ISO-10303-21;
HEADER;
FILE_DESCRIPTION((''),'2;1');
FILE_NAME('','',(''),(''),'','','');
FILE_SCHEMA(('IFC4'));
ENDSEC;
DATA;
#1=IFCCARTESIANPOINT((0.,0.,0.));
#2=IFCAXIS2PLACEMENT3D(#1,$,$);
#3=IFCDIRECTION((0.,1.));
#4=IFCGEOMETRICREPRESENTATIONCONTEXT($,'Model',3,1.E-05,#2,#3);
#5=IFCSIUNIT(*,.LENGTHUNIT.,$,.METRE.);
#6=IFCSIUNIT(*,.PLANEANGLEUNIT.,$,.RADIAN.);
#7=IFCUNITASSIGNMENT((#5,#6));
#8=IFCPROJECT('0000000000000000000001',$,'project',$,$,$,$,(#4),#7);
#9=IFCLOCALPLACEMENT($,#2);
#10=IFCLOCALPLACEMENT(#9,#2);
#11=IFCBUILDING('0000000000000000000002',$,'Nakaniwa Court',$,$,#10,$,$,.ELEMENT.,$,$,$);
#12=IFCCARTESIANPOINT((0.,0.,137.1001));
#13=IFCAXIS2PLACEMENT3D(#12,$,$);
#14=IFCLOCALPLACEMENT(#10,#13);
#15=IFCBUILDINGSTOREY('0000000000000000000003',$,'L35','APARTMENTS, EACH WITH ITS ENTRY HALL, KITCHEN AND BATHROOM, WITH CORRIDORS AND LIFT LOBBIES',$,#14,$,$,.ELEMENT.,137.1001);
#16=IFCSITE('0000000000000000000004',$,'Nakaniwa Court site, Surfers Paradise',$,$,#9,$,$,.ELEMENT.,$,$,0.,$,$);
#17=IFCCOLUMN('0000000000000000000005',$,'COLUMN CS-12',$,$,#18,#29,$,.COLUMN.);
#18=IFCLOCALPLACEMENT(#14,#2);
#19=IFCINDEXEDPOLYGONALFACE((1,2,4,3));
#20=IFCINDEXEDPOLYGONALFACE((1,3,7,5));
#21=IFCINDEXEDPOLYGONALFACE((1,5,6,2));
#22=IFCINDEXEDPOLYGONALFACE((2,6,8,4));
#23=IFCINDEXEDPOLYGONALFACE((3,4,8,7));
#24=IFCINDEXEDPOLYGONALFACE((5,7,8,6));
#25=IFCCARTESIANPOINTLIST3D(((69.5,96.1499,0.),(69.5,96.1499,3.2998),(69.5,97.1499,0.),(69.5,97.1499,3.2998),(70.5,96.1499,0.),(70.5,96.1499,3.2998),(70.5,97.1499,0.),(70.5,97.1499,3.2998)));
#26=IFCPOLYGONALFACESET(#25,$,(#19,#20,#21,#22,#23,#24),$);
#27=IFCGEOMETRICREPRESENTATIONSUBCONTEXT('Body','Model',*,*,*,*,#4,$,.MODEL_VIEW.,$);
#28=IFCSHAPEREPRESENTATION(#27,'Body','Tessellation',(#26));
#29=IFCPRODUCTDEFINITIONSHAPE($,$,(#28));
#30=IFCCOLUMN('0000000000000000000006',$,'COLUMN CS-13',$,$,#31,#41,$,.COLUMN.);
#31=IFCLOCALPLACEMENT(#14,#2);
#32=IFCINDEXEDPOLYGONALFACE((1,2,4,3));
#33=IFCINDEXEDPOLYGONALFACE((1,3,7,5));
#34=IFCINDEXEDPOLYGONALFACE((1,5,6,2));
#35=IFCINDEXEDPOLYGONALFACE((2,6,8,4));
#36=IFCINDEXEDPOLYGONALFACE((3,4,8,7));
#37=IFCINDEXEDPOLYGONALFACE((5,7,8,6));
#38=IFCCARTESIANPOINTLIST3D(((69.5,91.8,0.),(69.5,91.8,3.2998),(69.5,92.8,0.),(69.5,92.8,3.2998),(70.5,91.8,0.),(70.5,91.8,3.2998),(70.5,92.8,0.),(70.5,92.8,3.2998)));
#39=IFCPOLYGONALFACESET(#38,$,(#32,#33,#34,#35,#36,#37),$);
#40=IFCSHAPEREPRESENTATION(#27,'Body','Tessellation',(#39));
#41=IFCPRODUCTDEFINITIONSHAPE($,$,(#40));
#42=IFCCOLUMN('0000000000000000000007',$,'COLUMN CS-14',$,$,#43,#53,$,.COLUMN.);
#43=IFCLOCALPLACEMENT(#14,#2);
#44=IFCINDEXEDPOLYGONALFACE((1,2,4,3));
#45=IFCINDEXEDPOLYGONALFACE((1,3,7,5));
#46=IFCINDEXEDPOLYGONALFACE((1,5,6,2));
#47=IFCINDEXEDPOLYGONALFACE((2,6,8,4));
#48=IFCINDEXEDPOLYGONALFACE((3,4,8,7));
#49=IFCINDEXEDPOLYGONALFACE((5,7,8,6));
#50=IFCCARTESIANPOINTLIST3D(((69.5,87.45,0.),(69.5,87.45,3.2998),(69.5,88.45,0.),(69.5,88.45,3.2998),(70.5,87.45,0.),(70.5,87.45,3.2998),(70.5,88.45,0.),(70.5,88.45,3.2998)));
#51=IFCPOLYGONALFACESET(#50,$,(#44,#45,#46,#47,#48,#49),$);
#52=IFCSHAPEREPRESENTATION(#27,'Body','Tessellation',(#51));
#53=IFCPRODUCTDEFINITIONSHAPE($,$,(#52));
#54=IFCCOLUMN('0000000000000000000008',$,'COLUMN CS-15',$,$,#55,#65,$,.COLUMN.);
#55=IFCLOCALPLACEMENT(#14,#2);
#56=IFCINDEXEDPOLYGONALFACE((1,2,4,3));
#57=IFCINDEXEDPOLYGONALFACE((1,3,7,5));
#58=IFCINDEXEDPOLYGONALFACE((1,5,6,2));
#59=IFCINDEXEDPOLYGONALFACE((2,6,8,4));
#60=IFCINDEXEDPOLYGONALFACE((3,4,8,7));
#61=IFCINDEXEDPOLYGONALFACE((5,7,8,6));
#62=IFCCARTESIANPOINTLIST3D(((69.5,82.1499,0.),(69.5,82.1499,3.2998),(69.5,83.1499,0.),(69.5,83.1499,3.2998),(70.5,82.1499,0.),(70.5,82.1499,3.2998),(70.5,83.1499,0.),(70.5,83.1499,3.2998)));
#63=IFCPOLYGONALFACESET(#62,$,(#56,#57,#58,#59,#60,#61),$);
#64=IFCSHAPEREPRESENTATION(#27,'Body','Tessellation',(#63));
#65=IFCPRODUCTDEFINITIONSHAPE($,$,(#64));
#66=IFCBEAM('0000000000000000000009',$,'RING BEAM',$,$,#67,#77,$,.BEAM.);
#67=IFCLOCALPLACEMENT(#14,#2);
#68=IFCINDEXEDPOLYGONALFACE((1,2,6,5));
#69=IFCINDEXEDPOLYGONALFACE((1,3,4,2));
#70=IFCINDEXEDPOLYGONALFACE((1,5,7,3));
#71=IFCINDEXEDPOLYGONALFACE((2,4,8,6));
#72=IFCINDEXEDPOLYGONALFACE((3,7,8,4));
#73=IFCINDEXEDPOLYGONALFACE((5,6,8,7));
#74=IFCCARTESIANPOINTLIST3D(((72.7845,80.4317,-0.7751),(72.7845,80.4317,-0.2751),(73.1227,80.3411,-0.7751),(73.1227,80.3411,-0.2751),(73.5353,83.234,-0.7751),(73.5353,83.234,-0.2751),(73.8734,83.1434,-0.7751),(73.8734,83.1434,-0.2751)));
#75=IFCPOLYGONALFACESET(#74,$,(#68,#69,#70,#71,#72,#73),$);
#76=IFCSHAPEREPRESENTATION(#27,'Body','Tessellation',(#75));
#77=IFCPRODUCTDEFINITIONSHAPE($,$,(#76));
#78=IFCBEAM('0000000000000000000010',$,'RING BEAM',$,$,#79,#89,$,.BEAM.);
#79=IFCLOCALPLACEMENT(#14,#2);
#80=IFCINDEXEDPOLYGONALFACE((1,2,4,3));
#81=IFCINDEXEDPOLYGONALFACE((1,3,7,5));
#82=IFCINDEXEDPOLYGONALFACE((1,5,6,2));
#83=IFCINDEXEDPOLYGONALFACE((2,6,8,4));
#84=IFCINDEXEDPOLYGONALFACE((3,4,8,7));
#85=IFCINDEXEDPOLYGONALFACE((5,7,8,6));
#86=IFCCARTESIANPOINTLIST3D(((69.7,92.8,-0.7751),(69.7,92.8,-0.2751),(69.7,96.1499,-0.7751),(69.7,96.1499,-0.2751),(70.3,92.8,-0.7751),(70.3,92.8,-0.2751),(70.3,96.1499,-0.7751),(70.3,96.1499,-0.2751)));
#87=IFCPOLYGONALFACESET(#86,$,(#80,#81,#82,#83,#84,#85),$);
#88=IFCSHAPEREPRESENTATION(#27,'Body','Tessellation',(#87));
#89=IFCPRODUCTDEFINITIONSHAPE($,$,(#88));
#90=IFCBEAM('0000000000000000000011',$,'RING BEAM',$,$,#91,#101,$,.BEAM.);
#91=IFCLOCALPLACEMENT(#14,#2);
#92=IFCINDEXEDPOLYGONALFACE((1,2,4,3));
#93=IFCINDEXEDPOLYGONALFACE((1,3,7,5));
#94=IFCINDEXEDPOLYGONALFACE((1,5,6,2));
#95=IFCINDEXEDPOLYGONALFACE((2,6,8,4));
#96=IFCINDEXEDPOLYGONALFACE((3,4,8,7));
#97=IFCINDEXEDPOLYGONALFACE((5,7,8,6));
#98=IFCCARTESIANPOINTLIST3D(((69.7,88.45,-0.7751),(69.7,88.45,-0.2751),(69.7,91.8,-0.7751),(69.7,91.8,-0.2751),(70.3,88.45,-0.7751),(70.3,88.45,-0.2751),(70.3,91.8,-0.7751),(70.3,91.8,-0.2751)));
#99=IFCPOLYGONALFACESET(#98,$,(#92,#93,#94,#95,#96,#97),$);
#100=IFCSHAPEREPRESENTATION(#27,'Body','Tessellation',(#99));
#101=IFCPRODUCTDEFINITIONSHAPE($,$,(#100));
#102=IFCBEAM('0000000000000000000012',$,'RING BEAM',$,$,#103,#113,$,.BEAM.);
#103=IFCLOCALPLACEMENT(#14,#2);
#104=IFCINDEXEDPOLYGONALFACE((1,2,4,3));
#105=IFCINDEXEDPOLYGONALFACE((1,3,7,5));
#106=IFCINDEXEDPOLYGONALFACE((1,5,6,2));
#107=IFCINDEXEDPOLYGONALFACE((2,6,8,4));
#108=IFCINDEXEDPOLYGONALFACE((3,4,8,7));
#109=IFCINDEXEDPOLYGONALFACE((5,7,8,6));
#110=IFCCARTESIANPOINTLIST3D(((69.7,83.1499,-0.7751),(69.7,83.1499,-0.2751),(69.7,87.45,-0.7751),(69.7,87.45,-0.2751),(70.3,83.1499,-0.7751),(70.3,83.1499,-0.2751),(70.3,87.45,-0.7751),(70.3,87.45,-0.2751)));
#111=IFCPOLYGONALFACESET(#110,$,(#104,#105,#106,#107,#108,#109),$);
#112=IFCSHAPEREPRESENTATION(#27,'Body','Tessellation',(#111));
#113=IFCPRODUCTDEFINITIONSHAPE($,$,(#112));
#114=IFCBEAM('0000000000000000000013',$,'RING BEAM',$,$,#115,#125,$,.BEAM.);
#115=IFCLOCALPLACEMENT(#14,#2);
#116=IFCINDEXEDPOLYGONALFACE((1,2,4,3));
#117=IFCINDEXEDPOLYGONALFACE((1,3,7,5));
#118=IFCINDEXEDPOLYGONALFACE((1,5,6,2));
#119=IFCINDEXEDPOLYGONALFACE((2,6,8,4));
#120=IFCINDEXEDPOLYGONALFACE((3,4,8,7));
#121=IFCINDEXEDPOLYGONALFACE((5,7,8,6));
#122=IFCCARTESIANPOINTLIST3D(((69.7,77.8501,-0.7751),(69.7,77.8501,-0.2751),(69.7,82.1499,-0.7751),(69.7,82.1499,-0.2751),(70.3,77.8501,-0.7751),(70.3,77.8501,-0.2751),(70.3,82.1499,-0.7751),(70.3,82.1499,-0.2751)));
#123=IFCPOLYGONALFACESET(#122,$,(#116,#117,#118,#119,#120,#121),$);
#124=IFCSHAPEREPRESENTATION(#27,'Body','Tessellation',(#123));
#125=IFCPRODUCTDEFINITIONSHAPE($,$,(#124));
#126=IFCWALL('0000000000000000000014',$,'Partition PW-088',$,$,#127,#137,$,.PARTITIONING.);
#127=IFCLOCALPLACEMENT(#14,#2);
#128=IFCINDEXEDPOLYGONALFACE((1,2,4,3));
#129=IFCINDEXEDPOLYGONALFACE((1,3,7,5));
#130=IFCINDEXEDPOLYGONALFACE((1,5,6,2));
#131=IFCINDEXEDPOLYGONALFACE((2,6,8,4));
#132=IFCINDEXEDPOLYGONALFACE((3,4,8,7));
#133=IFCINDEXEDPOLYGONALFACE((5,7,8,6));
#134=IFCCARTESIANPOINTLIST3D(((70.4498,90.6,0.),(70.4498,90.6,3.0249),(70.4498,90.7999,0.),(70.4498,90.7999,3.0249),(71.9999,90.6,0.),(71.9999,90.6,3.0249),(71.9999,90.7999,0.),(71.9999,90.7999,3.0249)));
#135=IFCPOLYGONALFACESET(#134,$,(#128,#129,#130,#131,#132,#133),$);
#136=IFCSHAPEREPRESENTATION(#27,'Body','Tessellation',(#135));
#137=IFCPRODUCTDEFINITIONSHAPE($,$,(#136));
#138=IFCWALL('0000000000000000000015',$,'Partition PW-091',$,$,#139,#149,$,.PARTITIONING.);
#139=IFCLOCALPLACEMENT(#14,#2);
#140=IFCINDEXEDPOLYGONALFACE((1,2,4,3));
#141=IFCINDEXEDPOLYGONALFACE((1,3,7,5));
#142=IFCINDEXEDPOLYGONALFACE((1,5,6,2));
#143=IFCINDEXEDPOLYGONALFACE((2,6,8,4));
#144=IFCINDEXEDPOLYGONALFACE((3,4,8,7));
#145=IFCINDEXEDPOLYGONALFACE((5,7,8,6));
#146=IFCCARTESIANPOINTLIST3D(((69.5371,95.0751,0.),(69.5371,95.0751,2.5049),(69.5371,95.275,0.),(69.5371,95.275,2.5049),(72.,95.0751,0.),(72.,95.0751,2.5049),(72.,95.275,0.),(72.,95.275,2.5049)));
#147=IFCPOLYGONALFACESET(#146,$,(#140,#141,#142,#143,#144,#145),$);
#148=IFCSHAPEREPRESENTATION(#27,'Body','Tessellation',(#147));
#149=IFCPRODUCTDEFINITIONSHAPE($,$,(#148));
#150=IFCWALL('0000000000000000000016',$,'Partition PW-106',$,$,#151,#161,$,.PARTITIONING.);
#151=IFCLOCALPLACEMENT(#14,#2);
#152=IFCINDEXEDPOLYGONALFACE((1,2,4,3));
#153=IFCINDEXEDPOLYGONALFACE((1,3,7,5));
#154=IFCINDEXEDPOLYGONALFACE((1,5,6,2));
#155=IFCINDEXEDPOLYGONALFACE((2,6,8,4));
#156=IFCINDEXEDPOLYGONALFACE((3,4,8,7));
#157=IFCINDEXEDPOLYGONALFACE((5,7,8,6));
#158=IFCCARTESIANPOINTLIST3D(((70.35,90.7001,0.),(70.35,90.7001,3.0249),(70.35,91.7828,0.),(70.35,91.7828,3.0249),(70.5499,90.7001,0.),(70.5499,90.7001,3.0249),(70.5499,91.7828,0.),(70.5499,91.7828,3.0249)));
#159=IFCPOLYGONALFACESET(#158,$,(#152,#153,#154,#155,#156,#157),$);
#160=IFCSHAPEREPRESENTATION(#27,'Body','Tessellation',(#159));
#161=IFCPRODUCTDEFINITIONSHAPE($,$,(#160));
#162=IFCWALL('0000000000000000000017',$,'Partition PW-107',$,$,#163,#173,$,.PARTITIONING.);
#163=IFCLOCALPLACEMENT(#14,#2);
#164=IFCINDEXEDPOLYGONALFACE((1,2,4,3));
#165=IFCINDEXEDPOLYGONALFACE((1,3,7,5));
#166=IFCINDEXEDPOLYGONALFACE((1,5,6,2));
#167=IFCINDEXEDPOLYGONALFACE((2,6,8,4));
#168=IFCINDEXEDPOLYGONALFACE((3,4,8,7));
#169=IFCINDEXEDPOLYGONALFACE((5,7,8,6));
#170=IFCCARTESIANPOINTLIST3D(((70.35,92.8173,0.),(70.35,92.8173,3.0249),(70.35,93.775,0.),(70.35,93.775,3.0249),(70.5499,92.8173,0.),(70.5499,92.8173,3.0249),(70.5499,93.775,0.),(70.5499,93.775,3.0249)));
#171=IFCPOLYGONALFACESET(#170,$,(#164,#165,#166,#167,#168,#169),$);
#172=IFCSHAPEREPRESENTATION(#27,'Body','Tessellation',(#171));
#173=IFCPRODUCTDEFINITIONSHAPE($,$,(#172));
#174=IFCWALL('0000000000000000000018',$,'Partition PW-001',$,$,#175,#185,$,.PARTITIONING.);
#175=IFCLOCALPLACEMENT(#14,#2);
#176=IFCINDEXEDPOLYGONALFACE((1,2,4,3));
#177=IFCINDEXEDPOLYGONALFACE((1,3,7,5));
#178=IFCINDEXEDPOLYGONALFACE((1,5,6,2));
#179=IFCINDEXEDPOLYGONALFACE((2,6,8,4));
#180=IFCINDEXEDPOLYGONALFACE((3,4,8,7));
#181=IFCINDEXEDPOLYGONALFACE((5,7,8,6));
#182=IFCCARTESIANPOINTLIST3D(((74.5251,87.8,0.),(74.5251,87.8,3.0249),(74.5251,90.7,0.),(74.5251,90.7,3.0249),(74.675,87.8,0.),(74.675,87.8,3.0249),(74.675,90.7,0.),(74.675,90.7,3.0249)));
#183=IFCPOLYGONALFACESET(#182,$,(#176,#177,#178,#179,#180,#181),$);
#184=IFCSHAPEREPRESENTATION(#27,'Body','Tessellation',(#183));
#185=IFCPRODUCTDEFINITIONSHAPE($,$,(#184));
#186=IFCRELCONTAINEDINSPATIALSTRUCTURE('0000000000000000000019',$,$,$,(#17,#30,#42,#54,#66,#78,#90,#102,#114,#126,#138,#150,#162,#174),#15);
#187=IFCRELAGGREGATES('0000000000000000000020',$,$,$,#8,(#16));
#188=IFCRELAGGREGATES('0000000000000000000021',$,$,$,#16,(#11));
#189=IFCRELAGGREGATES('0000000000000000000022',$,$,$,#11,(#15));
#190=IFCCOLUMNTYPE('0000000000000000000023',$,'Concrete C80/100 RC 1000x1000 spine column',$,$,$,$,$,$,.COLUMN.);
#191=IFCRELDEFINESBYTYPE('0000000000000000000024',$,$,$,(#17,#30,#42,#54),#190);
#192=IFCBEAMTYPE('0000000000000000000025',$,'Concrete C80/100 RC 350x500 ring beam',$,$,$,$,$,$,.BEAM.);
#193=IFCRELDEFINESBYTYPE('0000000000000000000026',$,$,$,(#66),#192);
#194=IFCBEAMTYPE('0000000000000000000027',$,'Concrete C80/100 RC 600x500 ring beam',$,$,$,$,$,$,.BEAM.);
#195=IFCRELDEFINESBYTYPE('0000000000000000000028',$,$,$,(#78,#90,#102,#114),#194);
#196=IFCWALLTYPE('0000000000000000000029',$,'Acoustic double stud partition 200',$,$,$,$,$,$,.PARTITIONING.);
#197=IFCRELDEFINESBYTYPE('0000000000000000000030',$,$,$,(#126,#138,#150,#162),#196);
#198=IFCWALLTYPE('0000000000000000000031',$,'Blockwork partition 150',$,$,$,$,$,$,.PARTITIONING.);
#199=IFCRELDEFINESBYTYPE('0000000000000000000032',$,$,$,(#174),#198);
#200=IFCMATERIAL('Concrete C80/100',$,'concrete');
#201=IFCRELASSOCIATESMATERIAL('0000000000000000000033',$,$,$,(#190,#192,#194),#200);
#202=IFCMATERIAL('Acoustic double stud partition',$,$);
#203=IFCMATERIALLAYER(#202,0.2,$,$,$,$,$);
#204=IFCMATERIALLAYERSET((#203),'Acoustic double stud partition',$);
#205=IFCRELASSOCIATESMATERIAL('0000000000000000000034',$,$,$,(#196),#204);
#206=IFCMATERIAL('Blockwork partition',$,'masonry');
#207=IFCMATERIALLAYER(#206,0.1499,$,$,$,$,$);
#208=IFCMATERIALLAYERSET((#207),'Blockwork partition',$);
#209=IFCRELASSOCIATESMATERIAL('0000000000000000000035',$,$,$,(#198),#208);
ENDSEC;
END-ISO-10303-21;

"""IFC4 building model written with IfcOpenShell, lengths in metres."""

from ifc_helpers import new_model, si_unit, direction, frame, frame_2d, origin, origin_2d, place, context, subcontext, project, spatial, rectangle, extrude, material, layer, layer_set, material_profile, profile_set, type_object, element, save


model = new_model("IFC4")

# Units and contexts
model_context = context("Model", 3, precision=1e-05, world=origin(), true_north=direction((0.0, 1.0)))
body_context = subcontext(model_context, "Body", "Model", "MODEL_VIEW")
ifc_project = project(units=[si_unit("LENGTHUNIT", "METRE"), si_unit("PLANEANGLEUNIT", "RADIAN")], contexts=[model_context])

# Site, building, storey
site_placement = place(None, origin())
site = spatial("IfcSite", under=ifc_project, at=site_placement, Name="Nakaniwa Court site, Surfers Paradise", CompositionType="ELEMENT", RefElevation=0.0)
building_placement = place(site_placement, origin())
building = spatial("IfcBuilding", under=site, at=building_placement, Name="Nakaniwa Court", CompositionType="ELEMENT")
storey_placement = place(building_placement, frame((0.0, 0.0, 137.1001)))
storey = spatial("IfcBuildingStorey", under=building, at=storey_placement, Name="L35", Description="APARTMENTS, EACH WITH ITS ENTRY HALL, KITCHEN AND BATHROOM, WITH CORRIDORS AND LIFT LOBBIES", CompositionType="ELEMENT", Elevation=137.1001)

# Columns
ifc_material_1 = material(Name="Concrete C80/100", Category="concrete")
ifc_material_profile_1 = material_profile(ifc_material_1, rectangle(XDim=1.0, YDim=1.0, at=origin_2d()), Name="Concrete C80/100 RC 1000x1000 spine column")
ifc_profile_set_1 = profile_set([ifc_material_profile_1], Name="Concrete C80/100")
column_type_1 = type_object("IfcColumnType", Name="Concrete C80/100 RC 1000x1000 spine column", PredefinedType="COLUMN", material=ifc_profile_set_1)
for number, where, z_axis, x_axis, name in (
    (1, (70.0, 96.6499, 0.0), (0.0, 0.0, 1.0), (0.0, -1.0, 0.0), "COLUMN CS-12"),
    (2, (70.0, 92.3, 0.0), (0.0, 0.0, 1.0), (0.0, -1.0, 0.0), "COLUMN CS-13"),
    (3, (70.0, 87.95, 0.0), (0.0, 0.0, 1.0), (0.0, -1.0, 0.0), "COLUMN CS-14"),
    (4, (70.0, 82.6499, 0.0), (0.0, 0.0, 1.0), (0.0, -1.0, 0.0), "COLUMN CS-15"),
):
    element("IfcColumn", number, at=place(storey_placement, frame(where, z_axis=z_axis, x_axis=x_axis)), inside=storey, type_object=column_type_1, Name=name, PredefinedType="COLUMN", context=body_context, shape_type="SweptSolid", body=[
        extrude(rectangle(XDim=1.0, YDim=1.0, at=origin_2d()), origin(), (0.0, 0.0, 1.0), 3.2998),
    ])

# Beams
ifc_material_profile_2 = material_profile(ifc_material_1, rectangle(XDim=0.3501, YDim=0.5, at=origin_2d()), Name="Concrete C80/100 RC 350x500 ring beam")
ifc_profile_set_2 = profile_set([ifc_material_profile_2], Name="Concrete C80/100")
beam_type_1 = type_object("IfcBeamType", Name="Concrete C80/100 RC 350x500 ring beam", PredefinedType="BEAM", material=ifc_profile_set_2)
beam_1_placement = place(storey_placement, frame((73.7043, 83.1887, -0.5251), z_axis=(-0.258778, -0.965937, 0.0), x_axis=(0.965937, -0.258778, 0.0)))
element("IfcBeam", 5, at=beam_1_placement, inside=storey, type_object=beam_type_1, Name="RING BEAM", PredefinedType="BEAM", context=body_context, shape_type="SweptSolid", body=[
    extrude(rectangle(XDim=0.3501, YDim=0.5, at=origin_2d()), origin(), (0.0, 0.0, 1.0), 2.9011),
])
ifc_material_profile_3 = material_profile(ifc_material_1, rectangle(XDim=0.6001, YDim=0.5, at=origin_2d()), Name="Concrete C80/100 RC 600x500 ring beam")
ifc_profile_set_3 = profile_set([ifc_material_profile_3], Name="Concrete C80/100")
beam_type_2 = type_object("IfcBeamType", Name="Concrete C80/100 RC 600x500 ring beam", PredefinedType="BEAM", material=ifc_profile_set_3)
beam_2_placement = place(storey_placement, frame((70.0, 96.1499, -0.5251), z_axis=(0.0, -1.0, 0.0), x_axis=(1.0, 0.0, 0.0)))
element("IfcBeam", 6, at=beam_2_placement, inside=storey, type_object=beam_type_2, Name="RING BEAM", PredefinedType="BEAM", context=body_context, shape_type="SweptSolid", body=[
    extrude(rectangle(XDim=0.6001, YDim=0.5, at=origin_2d()), origin(), (0.0, 0.0, 1.0), 3.3499),
])
beam_3_placement = place(storey_placement, frame((70.0, 91.8, -0.5251), z_axis=(0.0, -1.0, 0.0), x_axis=(1.0, 0.0, 0.0)))
element("IfcBeam", 7, at=beam_3_placement, inside=storey, type_object=beam_type_2, Name="RING BEAM", PredefinedType="BEAM", context=body_context, shape_type="SweptSolid", body=[
    extrude(rectangle(XDim=0.6001, YDim=0.5, at=origin_2d()), origin(), (0.0, 0.0, 1.0), 3.3501),
])
beam_4_placement = place(storey_placement, frame((70.0, 87.45, -0.5251), z_axis=(0.0, -1.0, 0.0), x_axis=(1.0, 0.0, 0.0)))
element("IfcBeam", 8, at=beam_4_placement, inside=storey, type_object=beam_type_2, Name="RING BEAM", PredefinedType="BEAM", context=body_context, shape_type="SweptSolid", body=[
    extrude(rectangle(XDim=0.6001, YDim=0.5, at=origin_2d()), origin(), (0.0, 0.0, 1.0), 4.3),
])
beam_5_placement = place(storey_placement, frame((70.0, 82.1499, -0.5251), z_axis=(0.0, -1.0, 0.0), x_axis=(1.0, 0.0, 0.0)))
element("IfcBeam", 9, at=beam_5_placement, inside=storey, type_object=beam_type_2, Name="RING BEAM", PredefinedType="BEAM", context=body_context, shape_type="SweptSolid", body=[
    extrude(rectangle(XDim=0.6001, YDim=0.5, at=origin_2d()), origin(), (0.0, 0.0, 1.0), 4.2998),
])

# Walls
ifc_material_2 = material(Name="Acoustic double stud partition")
ifc_layer_1 = layer(ifc_material_2, 0.2)
ifc_layer_set_1 = layer_set([ifc_layer_1], Name="Acoustic double stud partition")
wall_type_1 = type_object("IfcWallType", Name="Acoustic double stud partition 200", PredefinedType="PARTITIONING", material=ifc_layer_set_1)
wall_1_placement = place(storey_placement, frame((70.45, 90.7, 0.0), z_axis=(0.0, 0.0, 1.0), x_axis=(1.0, 0.0, 0.0)))
element("IfcWall", 10, at=wall_1_placement, inside=storey, type_object=wall_type_1, Name="Partition PW-088", PredefinedType="PARTITIONING", context=body_context, shape_type="SweptSolid", body=[
    extrude(rectangle(XDim=1.55, YDim=0.2, at=frame_2d((0.7749, 0.0))), origin(), (0.0, 0.0, 1.0), 3.0249),
])
wall_2_placement = place(storey_placement, frame((69.5371, 95.175, 0.0), z_axis=(0.0, 0.0, 1.0), x_axis=(1.0, 0.0, 0.0)))
element("IfcWall", 11, at=wall_2_placement, inside=storey, type_object=wall_type_1, Name="Partition PW-091", PredefinedType="PARTITIONING", context=body_context, shape_type="SweptSolid", body=[
    extrude(rectangle(XDim=2.4629, YDim=0.2, at=frame_2d((1.2314, 0.0))), origin(), (0.0, 0.0, 1.0), 2.5049),
])
wall_3_placement = place(storey_placement, frame((70.45, 90.7, 0.0), z_axis=(0.0, 0.0, 1.0), x_axis=(0.0, 1.0, 0.0)))
element("IfcWall", 12, at=wall_3_placement, inside=storey, type_object=wall_type_1, Name="Partition PW-106", PredefinedType="PARTITIONING", context=body_context, shape_type="SweptSolid", body=[
    extrude(rectangle(XDim=1.0828, YDim=0.2, at=frame_2d((0.5415, 0.0))), origin(), (0.0, 0.0, 1.0), 3.0249),
])
wall_4_placement = place(storey_placement, frame((70.45, 92.8171, 0.0), z_axis=(0.0, 0.0, 1.0), x_axis=(0.0, 1.0, 0.0)))
element("IfcWall", 13, at=wall_4_placement, inside=storey, type_object=wall_type_1, Name="Partition PW-107", PredefinedType="PARTITIONING", context=body_context, shape_type="SweptSolid", body=[
    extrude(rectangle(XDim=0.9578, YDim=0.2, at=frame_2d((0.479, 0.0))), origin(), (0.0, 0.0, 1.0), 3.0249),
])
ifc_material_3 = material(Name="Blockwork partition", Category="masonry")
ifc_layer_2 = layer(ifc_material_3, 0.1499)
ifc_layer_set_2 = layer_set([ifc_layer_2], Name="Blockwork partition")
wall_type_2 = type_object("IfcWallType", Name="Blockwork partition 150", PredefinedType="PARTITIONING", material=ifc_layer_set_2)
wall_5_placement = place(storey_placement, frame((74.6001, 87.8, 0.0), z_axis=(0.0, 0.0, 1.0), x_axis=(0.0, 1.0, 0.0)))
element("IfcWall", 14, at=wall_5_placement, inside=storey, type_object=wall_type_2, Name="Partition PW-001", PredefinedType="PARTITIONING", context=body_context, shape_type="SweptSolid", body=[
    extrude(rectangle(XDim=2.8999, YDim=0.1499, at=frame_2d((1.45, 0.0))), origin(), (0.0, 0.0, 1.0), 3.0249),
])

save(model, "model.ifc")
